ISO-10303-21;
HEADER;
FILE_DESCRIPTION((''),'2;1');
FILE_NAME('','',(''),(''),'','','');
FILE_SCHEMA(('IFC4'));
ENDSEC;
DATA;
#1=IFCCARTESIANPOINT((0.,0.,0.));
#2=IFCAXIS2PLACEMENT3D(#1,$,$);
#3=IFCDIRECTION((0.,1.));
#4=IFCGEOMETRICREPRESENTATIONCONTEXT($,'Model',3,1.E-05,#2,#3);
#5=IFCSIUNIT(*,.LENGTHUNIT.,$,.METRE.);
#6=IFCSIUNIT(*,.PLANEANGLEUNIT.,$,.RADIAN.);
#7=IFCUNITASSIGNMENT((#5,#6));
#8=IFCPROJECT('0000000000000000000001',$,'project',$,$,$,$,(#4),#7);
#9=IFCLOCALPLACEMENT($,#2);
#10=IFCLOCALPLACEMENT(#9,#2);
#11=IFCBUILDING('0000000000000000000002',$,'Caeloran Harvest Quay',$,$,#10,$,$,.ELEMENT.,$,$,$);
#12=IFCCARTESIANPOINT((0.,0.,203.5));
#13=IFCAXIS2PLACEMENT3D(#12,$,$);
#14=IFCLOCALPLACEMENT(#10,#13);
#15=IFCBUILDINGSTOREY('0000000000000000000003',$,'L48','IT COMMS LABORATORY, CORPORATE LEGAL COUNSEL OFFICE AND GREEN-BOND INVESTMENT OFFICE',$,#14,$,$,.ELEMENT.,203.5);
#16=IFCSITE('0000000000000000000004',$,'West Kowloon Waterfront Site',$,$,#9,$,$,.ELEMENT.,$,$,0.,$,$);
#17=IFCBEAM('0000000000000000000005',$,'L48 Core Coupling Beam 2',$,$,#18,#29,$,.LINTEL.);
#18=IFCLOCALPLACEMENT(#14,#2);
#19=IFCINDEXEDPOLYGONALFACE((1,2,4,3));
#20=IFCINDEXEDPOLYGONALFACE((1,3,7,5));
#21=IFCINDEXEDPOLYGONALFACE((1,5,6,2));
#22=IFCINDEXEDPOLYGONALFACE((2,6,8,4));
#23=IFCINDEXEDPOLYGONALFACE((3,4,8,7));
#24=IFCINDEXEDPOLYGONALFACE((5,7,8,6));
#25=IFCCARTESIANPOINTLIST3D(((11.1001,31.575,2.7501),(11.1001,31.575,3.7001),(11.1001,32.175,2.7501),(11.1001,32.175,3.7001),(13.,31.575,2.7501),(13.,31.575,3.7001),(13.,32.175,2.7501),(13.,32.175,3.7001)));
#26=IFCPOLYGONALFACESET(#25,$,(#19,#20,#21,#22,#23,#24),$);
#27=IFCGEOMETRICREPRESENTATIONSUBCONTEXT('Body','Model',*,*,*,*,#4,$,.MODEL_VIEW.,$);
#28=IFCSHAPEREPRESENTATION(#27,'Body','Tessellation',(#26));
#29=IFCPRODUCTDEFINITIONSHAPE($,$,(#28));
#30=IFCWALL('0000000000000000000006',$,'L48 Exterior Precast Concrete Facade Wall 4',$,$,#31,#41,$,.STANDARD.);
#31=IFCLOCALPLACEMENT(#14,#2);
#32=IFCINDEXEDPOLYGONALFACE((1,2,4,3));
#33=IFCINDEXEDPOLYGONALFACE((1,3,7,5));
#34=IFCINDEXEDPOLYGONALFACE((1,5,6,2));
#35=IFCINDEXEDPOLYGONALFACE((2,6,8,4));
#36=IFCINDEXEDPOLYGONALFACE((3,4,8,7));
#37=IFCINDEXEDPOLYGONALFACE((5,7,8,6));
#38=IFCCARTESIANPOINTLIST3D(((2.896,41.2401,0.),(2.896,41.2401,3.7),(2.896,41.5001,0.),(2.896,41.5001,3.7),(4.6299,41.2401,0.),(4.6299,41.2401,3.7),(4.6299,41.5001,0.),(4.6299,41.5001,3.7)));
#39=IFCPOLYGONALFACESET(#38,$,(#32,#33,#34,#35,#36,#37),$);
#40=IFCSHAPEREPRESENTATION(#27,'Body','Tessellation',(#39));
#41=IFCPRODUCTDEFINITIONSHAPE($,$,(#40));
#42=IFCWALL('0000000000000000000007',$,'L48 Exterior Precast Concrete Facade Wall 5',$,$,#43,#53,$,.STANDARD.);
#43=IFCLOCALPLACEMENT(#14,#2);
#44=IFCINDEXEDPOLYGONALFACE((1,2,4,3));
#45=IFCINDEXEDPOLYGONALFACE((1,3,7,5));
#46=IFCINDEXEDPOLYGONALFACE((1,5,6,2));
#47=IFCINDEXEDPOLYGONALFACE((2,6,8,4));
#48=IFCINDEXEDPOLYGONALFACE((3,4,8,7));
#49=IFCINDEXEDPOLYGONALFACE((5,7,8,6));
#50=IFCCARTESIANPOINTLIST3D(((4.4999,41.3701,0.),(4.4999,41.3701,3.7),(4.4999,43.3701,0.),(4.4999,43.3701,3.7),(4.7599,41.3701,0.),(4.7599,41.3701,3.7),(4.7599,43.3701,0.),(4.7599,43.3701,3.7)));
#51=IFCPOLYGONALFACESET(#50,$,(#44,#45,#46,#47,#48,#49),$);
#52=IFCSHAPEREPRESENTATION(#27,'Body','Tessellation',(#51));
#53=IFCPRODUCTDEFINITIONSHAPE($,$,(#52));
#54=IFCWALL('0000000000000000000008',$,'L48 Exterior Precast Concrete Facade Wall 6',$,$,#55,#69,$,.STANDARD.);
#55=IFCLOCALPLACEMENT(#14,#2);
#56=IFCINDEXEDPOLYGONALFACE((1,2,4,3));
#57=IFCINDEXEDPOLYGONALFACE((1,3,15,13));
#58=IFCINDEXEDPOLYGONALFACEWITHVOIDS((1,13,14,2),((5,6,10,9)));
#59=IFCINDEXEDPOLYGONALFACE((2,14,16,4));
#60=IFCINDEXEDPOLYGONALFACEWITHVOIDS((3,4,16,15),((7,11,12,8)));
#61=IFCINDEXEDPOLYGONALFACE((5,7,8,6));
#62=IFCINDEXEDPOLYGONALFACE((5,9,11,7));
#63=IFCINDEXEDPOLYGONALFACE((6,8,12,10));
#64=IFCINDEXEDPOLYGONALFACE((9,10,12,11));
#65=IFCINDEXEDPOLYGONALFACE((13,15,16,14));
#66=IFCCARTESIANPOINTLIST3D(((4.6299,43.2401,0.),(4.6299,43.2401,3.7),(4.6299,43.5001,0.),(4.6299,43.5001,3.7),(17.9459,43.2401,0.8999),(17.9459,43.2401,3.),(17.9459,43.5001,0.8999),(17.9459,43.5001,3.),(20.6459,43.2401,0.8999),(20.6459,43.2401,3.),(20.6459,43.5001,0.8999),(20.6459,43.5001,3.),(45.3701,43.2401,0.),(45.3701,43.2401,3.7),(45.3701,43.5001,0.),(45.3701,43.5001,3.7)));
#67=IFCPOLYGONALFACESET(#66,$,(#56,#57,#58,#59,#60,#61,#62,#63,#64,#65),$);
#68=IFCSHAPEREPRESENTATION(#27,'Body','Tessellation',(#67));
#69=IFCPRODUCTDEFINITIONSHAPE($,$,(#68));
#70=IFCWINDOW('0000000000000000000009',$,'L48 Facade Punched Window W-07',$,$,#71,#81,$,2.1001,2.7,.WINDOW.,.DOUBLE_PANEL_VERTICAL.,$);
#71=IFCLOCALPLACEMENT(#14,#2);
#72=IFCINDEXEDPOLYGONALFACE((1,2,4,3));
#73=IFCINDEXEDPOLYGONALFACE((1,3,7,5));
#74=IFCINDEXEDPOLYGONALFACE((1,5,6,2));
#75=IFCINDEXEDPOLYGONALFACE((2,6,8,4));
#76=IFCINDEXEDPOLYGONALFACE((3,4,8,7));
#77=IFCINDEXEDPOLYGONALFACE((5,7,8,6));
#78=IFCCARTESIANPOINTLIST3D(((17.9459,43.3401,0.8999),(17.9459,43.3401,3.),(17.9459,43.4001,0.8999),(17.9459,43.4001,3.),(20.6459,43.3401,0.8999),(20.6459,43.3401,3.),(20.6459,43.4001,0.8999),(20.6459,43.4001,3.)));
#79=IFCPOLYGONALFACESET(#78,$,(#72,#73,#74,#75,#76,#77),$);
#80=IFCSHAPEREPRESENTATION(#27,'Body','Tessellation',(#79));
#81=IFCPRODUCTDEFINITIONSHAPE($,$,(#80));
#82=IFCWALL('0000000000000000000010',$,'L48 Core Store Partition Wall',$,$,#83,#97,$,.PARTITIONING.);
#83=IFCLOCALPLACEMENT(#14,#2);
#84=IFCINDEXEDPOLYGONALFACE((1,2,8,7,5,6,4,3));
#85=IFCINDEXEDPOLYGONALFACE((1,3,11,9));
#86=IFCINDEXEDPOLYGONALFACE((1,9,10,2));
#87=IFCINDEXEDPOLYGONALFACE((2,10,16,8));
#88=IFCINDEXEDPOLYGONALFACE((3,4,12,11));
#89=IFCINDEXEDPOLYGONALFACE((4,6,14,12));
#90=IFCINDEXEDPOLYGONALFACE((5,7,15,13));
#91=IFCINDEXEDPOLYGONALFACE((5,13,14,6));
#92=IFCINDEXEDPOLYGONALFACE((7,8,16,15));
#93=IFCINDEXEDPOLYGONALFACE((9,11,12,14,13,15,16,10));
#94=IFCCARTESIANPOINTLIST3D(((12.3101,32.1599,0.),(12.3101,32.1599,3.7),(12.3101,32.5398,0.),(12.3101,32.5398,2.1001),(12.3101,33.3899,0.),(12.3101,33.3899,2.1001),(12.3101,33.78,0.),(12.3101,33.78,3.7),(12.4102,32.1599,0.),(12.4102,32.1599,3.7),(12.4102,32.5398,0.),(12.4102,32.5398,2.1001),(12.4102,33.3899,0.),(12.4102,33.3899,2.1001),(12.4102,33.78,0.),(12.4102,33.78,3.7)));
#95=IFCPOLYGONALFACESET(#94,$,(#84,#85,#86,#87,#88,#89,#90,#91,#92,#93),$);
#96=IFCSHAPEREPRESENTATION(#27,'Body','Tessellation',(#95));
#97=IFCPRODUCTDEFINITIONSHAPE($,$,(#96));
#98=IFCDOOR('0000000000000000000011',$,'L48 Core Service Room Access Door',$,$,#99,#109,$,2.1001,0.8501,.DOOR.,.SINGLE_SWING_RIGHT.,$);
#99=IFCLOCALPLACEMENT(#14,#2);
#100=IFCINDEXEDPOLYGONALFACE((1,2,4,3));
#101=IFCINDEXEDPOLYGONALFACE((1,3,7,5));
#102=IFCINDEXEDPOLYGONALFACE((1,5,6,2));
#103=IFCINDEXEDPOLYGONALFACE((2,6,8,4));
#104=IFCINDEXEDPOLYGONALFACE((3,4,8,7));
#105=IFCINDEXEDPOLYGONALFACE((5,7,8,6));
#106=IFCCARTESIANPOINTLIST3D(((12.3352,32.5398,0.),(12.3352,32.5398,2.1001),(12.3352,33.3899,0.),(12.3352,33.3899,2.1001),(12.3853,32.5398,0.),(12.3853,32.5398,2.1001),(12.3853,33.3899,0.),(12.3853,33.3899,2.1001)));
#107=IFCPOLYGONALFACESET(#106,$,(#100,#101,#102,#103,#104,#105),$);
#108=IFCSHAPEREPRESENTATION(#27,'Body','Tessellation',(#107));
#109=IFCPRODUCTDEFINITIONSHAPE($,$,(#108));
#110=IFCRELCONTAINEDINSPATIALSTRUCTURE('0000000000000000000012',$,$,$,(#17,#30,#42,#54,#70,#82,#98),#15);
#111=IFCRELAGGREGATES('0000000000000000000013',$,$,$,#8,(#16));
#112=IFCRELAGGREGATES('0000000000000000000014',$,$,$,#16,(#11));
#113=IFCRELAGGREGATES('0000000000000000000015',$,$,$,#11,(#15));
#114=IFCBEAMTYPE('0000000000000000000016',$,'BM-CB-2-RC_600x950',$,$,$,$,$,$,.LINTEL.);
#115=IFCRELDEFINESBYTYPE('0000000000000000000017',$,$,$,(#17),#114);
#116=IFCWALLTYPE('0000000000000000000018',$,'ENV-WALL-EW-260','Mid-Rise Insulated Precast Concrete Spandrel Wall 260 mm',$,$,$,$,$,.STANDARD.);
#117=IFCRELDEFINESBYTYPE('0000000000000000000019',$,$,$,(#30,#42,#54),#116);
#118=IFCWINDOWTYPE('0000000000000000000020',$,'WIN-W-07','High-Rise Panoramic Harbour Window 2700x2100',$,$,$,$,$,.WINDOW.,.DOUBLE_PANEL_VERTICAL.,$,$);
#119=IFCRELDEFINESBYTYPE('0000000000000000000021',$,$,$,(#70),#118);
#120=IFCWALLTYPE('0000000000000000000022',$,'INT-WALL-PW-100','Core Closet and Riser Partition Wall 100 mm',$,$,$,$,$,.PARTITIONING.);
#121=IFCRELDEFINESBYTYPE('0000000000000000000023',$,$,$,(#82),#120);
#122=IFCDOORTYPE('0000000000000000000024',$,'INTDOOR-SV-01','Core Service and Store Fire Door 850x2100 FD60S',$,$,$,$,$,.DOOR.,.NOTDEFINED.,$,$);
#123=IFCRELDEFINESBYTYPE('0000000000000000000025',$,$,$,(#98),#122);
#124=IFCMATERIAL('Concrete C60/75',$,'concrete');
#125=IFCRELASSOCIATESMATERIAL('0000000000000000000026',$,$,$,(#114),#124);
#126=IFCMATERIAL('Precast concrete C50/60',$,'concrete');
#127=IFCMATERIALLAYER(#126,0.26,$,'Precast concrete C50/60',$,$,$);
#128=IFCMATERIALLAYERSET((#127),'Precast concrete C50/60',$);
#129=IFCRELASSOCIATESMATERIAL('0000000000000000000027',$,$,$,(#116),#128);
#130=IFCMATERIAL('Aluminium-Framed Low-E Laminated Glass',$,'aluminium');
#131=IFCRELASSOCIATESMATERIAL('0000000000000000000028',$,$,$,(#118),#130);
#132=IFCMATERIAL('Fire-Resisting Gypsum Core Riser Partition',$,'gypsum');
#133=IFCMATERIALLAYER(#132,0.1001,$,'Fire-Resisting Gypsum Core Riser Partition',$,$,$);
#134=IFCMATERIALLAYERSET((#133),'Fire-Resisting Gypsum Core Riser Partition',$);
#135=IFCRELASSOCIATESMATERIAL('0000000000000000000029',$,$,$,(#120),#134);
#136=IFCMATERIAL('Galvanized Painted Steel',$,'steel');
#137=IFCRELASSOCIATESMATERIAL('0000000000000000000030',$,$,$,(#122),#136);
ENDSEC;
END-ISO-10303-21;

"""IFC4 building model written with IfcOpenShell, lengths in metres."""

from ifc_helpers import new_model, si_unit, direction, frame, frame_2d, origin, origin_2d, place, context, subcontext, project, spatial, rectangle, extrude, material, layer, layer_set, material_profile, profile_set, type_object, element, fill, save


model = new_model("IFC4")

# Units and contexts
model_context = context("Model", 3, precision=1e-05, world=origin(), true_north=direction((0.0, 1.0)))
body_context = subcontext(model_context, "Body", "Model", "MODEL_VIEW")
ifc_project = project(units=[si_unit("LENGTHUNIT", "METRE"), si_unit("PLANEANGLEUNIT", "RADIAN")], contexts=[model_context])

# Site, building, storey
site_placement = place(None, origin())
site = spatial("IfcSite", under=ifc_project, at=site_placement, Name="West Kowloon Waterfront Site", CompositionType="ELEMENT", RefElevation=0.0)
building_placement = place(site_placement, origin())
building = spatial("IfcBuilding", under=site, at=building_placement, Name="Caeloran Harvest Quay", CompositionType="ELEMENT")
storey_placement = place(building_placement, frame((0.0, 0.0, 203.5)))
storey = spatial("IfcBuildingStorey", under=building, at=storey_placement, Name="L48", Description="IT COMMS LABORATORY, CORPORATE LEGAL COUNSEL OFFICE AND GREEN-BOND INVESTMENT OFFICE", CompositionType="ELEMENT", Elevation=203.5)

# Beam
ifc_material_1 = material(Name="Concrete C60/75", Category="concrete")
ifc_material_profile = material_profile(ifc_material_1, rectangle(XDim=0.6001, YDim=0.95, at=origin_2d()), Name="RC 600x950")
ifc_profile_set = profile_set([ifc_material_profile], Name="Concrete C60/75")
beam_type = type_object("IfcBeamType", Name="BM-CB-2-RC_600x950", PredefinedType="LINTEL", material=ifc_profile_set)
beam_placement = place(storey_placement, frame((11.1001, 31.875, 3.2251), z_axis=(1.0, 0.0, 0.0), x_axis=(0.0, 1.0, 0.0)))
element("IfcBeam", 1, at=beam_placement, inside=storey, type_object=beam_type, Name="L48 Core Coupling Beam 2", PredefinedType="LINTEL", context=body_context, shape_type="SweptSolid", body=[
    extrude(rectangle(XDim=0.6001, YDim=0.95, at=origin_2d()), origin(), (0.0, 0.0, 1.0), 1.8999),
])

# Walls
ifc_material_2 = material(Name="Precast concrete C50/60", Category="concrete")
ifc_layer_1 = layer(ifc_material_2, 0.26, Name="Precast concrete C50/60")
ifc_layer_set_1 = layer_set([ifc_layer_1], Name="Precast concrete C50/60")
wall_type_1 = type_object("IfcWallType", Name="ENV-WALL-EW-260", Description="Mid-Rise Insulated Precast Concrete Spandrel Wall 260 mm", PredefinedType="STANDARD", material=ifc_layer_set_1)
wall_1_placement = place(storey_placement, frame((2.896, 41.3701, 0.0), z_axis=(0.0, 0.0, 1.0), x_axis=(1.0, 0.0, 0.0)))
element("IfcWall", 2, at=wall_1_placement, inside=storey, type_object=wall_type_1, Name="L48 Exterior Precast Concrete Facade Wall 4", PredefinedType="STANDARD", context=body_context, shape_type="SweptSolid", body=[
    extrude(rectangle(XDim=1.7339, YDim=0.26, at=frame_2d((0.8669, 0.0))), origin(), (0.0, 0.0, 1.0), 3.7),
])
wall_2_placement = place(storey_placement, frame((4.6299, 41.3701, 0.0), z_axis=(0.0, 0.0, 1.0), x_axis=(0.0, 1.0, 0.0)))
element("IfcWall", 3, at=wall_2_placement, inside=storey, type_object=wall_type_1, Name="L48 Exterior Precast Concrete Facade Wall 5", PredefinedType="STANDARD", context=body_context, shape_type="SweptSolid", body=[
    extrude(rectangle(XDim=2.0, YDim=0.26, at=frame_2d((1.0, 0.0))), origin(), (0.0, 0.0, 1.0), 3.7),
])

# Wall, opening, window
wall_3_placement = place(storey_placement, frame((4.6299, 43.3701, 0.0), z_axis=(0.0, 0.0, 1.0), x_axis=(1.0, 0.0, 0.0)))
wall_3 = element("IfcWall", 4, at=wall_3_placement, inside=storey, type_object=wall_type_1, Name="L48 Exterior Precast Concrete Facade Wall 6", PredefinedType="STANDARD", context=body_context, shape_type="SweptSolid", body=[
    extrude(rectangle(XDim=40.7402, YDim=0.26, at=frame_2d((20.3701, 0.0))), origin(), (0.0, 0.0, 1.0), 3.7),
])
opening_1_placement = place(wall_3_placement, frame((13.3159, 0.0, 0.8999)))
opening_1 = element("IfcOpeningElement", 5, at=opening_1_placement, cuts=wall_3, PredefinedType="OPENING", context=body_context, shape_type="SweptSolid", body=[
    extrude(rectangle(XDim=2.7, YDim=2.1001, at=frame_2d((1.3501, 1.05))), frame((0.0, 0.1401, 0.0), z_axis=(0.0, -1.0, 0.0), x_axis=(1.0, 0.0, 0.0)), (0.0, 0.0, 1.0), 0.28),
])
ifc_material_3 = material(Name="Aluminium-Framed Low-E Laminated Glass", Category="aluminium")
window_type = type_object("IfcWindowType", Name="WIN-W-07", Description="High-Rise Panoramic Harbour Window 2700x2100", PartitioningType="DOUBLE_PANEL_VERTICAL", PredefinedType="WINDOW", material=ifc_material_3)
window_placement = place(opening_1_placement, origin())
window = element("IfcWindow", 6, at=window_placement, inside=storey, type_object=window_type, Name="L48 Facade Punched Window W-07", OverallHeight=2.1001, OverallWidth=2.7, PartitioningType="DOUBLE_PANEL_VERTICAL", PredefinedType="WINDOW", context=body_context, shape_type="SweptSolid", body=[
    extrude(rectangle(XDim=2.7, YDim=2.1001, at=frame_2d((1.3501, 1.05))), frame((0.0, 0.03, 0.0), z_axis=(0.0, -1.0, 0.0), x_axis=(1.0, 0.0, 0.0)), (0.0, 0.0, 1.0), 0.0601),
])
fill(opening_1, window)

# Wall, opening, door
ifc_material_4 = material(Name="Fire-Resisting Gypsum Core Riser Partition", Category="gypsum")
ifc_layer_2 = layer(ifc_material_4, 0.1001, Name="Fire-Resisting Gypsum Core Riser Partition")
ifc_layer_set_2 = layer_set([ifc_layer_2], Name="Fire-Resisting Gypsum Core Riser Partition")
wall_type_2 = type_object("IfcWallType", Name="INT-WALL-PW-100", Description="Core Closet and Riser Partition Wall 100 mm", PredefinedType="PARTITIONING", material=ifc_layer_set_2)
wall_4_placement = place(storey_placement, frame((12.3601, 32.1599, 0.0), z_axis=(0.0, 0.0, 1.0), x_axis=(0.0, 1.0, 0.0)))
wall_4 = element("IfcWall", 7, at=wall_4_placement, inside=storey, type_object=wall_type_2, Name="L48 Core Store Partition Wall", PredefinedType="PARTITIONING", context=body_context, shape_type="SweptSolid", body=[
    extrude(rectangle(XDim=1.6201, YDim=0.1001, at=frame_2d((0.8101, 0.0))), origin(), (0.0, 0.0, 1.0), 3.7),
])
opening_2_placement = place(wall_4_placement, frame((0.3799, 0.0, 0.0)))
opening_2 = element("IfcOpeningElement", 8, at=opening_2_placement, cuts=wall_4, PredefinedType="OPENING", context=body_context, shape_type="SweptSolid", body=[
    extrude(rectangle(XDim=0.8501, YDim=2.1001, at=frame_2d((0.425, 1.05))), frame((0.0, 0.0601, 0.0), z_axis=(0.0, -1.0, 0.0), x_axis=(1.0, 0.0, 0.0)), (0.0, 0.0, 1.0), 0.1201),
])
ifc_material_5 = material(Name="Galvanized Painted Steel", Category="steel")
door_type_1 = type_object("IfcDoorType", Name="INTDOOR-SV-01", Description="Core Service and Store Fire Door 850x2100 FD60S", OperationType="NOTDEFINED", PredefinedType="DOOR", material=ifc_material_5)
door_1_placement = place(opening_2_placement, origin())
door_1 = element("IfcDoor", 9, at=door_1_placement, inside=storey, type_object=door_type_1, Name="L48 Core Service Room Access Door", OperationType="SINGLE_SWING_RIGHT", OverallHeight=2.1001, OverallWidth=0.8501, PredefinedType="DOOR", context=body_context, shape_type="SweptSolid", body=[
    extrude(rectangle(XDim=0.8501, YDim=2.1001, at=frame_2d((0.425, 1.05))), frame((0.0, 0.0249, 0.0), z_axis=(0.0, -1.0, 0.0), x_axis=(1.0, 0.0, 0.0)), (0.0, 0.0, 1.0), 0.05),
])
fill(opening_2, door_1)

save(model, "model.ifc")
